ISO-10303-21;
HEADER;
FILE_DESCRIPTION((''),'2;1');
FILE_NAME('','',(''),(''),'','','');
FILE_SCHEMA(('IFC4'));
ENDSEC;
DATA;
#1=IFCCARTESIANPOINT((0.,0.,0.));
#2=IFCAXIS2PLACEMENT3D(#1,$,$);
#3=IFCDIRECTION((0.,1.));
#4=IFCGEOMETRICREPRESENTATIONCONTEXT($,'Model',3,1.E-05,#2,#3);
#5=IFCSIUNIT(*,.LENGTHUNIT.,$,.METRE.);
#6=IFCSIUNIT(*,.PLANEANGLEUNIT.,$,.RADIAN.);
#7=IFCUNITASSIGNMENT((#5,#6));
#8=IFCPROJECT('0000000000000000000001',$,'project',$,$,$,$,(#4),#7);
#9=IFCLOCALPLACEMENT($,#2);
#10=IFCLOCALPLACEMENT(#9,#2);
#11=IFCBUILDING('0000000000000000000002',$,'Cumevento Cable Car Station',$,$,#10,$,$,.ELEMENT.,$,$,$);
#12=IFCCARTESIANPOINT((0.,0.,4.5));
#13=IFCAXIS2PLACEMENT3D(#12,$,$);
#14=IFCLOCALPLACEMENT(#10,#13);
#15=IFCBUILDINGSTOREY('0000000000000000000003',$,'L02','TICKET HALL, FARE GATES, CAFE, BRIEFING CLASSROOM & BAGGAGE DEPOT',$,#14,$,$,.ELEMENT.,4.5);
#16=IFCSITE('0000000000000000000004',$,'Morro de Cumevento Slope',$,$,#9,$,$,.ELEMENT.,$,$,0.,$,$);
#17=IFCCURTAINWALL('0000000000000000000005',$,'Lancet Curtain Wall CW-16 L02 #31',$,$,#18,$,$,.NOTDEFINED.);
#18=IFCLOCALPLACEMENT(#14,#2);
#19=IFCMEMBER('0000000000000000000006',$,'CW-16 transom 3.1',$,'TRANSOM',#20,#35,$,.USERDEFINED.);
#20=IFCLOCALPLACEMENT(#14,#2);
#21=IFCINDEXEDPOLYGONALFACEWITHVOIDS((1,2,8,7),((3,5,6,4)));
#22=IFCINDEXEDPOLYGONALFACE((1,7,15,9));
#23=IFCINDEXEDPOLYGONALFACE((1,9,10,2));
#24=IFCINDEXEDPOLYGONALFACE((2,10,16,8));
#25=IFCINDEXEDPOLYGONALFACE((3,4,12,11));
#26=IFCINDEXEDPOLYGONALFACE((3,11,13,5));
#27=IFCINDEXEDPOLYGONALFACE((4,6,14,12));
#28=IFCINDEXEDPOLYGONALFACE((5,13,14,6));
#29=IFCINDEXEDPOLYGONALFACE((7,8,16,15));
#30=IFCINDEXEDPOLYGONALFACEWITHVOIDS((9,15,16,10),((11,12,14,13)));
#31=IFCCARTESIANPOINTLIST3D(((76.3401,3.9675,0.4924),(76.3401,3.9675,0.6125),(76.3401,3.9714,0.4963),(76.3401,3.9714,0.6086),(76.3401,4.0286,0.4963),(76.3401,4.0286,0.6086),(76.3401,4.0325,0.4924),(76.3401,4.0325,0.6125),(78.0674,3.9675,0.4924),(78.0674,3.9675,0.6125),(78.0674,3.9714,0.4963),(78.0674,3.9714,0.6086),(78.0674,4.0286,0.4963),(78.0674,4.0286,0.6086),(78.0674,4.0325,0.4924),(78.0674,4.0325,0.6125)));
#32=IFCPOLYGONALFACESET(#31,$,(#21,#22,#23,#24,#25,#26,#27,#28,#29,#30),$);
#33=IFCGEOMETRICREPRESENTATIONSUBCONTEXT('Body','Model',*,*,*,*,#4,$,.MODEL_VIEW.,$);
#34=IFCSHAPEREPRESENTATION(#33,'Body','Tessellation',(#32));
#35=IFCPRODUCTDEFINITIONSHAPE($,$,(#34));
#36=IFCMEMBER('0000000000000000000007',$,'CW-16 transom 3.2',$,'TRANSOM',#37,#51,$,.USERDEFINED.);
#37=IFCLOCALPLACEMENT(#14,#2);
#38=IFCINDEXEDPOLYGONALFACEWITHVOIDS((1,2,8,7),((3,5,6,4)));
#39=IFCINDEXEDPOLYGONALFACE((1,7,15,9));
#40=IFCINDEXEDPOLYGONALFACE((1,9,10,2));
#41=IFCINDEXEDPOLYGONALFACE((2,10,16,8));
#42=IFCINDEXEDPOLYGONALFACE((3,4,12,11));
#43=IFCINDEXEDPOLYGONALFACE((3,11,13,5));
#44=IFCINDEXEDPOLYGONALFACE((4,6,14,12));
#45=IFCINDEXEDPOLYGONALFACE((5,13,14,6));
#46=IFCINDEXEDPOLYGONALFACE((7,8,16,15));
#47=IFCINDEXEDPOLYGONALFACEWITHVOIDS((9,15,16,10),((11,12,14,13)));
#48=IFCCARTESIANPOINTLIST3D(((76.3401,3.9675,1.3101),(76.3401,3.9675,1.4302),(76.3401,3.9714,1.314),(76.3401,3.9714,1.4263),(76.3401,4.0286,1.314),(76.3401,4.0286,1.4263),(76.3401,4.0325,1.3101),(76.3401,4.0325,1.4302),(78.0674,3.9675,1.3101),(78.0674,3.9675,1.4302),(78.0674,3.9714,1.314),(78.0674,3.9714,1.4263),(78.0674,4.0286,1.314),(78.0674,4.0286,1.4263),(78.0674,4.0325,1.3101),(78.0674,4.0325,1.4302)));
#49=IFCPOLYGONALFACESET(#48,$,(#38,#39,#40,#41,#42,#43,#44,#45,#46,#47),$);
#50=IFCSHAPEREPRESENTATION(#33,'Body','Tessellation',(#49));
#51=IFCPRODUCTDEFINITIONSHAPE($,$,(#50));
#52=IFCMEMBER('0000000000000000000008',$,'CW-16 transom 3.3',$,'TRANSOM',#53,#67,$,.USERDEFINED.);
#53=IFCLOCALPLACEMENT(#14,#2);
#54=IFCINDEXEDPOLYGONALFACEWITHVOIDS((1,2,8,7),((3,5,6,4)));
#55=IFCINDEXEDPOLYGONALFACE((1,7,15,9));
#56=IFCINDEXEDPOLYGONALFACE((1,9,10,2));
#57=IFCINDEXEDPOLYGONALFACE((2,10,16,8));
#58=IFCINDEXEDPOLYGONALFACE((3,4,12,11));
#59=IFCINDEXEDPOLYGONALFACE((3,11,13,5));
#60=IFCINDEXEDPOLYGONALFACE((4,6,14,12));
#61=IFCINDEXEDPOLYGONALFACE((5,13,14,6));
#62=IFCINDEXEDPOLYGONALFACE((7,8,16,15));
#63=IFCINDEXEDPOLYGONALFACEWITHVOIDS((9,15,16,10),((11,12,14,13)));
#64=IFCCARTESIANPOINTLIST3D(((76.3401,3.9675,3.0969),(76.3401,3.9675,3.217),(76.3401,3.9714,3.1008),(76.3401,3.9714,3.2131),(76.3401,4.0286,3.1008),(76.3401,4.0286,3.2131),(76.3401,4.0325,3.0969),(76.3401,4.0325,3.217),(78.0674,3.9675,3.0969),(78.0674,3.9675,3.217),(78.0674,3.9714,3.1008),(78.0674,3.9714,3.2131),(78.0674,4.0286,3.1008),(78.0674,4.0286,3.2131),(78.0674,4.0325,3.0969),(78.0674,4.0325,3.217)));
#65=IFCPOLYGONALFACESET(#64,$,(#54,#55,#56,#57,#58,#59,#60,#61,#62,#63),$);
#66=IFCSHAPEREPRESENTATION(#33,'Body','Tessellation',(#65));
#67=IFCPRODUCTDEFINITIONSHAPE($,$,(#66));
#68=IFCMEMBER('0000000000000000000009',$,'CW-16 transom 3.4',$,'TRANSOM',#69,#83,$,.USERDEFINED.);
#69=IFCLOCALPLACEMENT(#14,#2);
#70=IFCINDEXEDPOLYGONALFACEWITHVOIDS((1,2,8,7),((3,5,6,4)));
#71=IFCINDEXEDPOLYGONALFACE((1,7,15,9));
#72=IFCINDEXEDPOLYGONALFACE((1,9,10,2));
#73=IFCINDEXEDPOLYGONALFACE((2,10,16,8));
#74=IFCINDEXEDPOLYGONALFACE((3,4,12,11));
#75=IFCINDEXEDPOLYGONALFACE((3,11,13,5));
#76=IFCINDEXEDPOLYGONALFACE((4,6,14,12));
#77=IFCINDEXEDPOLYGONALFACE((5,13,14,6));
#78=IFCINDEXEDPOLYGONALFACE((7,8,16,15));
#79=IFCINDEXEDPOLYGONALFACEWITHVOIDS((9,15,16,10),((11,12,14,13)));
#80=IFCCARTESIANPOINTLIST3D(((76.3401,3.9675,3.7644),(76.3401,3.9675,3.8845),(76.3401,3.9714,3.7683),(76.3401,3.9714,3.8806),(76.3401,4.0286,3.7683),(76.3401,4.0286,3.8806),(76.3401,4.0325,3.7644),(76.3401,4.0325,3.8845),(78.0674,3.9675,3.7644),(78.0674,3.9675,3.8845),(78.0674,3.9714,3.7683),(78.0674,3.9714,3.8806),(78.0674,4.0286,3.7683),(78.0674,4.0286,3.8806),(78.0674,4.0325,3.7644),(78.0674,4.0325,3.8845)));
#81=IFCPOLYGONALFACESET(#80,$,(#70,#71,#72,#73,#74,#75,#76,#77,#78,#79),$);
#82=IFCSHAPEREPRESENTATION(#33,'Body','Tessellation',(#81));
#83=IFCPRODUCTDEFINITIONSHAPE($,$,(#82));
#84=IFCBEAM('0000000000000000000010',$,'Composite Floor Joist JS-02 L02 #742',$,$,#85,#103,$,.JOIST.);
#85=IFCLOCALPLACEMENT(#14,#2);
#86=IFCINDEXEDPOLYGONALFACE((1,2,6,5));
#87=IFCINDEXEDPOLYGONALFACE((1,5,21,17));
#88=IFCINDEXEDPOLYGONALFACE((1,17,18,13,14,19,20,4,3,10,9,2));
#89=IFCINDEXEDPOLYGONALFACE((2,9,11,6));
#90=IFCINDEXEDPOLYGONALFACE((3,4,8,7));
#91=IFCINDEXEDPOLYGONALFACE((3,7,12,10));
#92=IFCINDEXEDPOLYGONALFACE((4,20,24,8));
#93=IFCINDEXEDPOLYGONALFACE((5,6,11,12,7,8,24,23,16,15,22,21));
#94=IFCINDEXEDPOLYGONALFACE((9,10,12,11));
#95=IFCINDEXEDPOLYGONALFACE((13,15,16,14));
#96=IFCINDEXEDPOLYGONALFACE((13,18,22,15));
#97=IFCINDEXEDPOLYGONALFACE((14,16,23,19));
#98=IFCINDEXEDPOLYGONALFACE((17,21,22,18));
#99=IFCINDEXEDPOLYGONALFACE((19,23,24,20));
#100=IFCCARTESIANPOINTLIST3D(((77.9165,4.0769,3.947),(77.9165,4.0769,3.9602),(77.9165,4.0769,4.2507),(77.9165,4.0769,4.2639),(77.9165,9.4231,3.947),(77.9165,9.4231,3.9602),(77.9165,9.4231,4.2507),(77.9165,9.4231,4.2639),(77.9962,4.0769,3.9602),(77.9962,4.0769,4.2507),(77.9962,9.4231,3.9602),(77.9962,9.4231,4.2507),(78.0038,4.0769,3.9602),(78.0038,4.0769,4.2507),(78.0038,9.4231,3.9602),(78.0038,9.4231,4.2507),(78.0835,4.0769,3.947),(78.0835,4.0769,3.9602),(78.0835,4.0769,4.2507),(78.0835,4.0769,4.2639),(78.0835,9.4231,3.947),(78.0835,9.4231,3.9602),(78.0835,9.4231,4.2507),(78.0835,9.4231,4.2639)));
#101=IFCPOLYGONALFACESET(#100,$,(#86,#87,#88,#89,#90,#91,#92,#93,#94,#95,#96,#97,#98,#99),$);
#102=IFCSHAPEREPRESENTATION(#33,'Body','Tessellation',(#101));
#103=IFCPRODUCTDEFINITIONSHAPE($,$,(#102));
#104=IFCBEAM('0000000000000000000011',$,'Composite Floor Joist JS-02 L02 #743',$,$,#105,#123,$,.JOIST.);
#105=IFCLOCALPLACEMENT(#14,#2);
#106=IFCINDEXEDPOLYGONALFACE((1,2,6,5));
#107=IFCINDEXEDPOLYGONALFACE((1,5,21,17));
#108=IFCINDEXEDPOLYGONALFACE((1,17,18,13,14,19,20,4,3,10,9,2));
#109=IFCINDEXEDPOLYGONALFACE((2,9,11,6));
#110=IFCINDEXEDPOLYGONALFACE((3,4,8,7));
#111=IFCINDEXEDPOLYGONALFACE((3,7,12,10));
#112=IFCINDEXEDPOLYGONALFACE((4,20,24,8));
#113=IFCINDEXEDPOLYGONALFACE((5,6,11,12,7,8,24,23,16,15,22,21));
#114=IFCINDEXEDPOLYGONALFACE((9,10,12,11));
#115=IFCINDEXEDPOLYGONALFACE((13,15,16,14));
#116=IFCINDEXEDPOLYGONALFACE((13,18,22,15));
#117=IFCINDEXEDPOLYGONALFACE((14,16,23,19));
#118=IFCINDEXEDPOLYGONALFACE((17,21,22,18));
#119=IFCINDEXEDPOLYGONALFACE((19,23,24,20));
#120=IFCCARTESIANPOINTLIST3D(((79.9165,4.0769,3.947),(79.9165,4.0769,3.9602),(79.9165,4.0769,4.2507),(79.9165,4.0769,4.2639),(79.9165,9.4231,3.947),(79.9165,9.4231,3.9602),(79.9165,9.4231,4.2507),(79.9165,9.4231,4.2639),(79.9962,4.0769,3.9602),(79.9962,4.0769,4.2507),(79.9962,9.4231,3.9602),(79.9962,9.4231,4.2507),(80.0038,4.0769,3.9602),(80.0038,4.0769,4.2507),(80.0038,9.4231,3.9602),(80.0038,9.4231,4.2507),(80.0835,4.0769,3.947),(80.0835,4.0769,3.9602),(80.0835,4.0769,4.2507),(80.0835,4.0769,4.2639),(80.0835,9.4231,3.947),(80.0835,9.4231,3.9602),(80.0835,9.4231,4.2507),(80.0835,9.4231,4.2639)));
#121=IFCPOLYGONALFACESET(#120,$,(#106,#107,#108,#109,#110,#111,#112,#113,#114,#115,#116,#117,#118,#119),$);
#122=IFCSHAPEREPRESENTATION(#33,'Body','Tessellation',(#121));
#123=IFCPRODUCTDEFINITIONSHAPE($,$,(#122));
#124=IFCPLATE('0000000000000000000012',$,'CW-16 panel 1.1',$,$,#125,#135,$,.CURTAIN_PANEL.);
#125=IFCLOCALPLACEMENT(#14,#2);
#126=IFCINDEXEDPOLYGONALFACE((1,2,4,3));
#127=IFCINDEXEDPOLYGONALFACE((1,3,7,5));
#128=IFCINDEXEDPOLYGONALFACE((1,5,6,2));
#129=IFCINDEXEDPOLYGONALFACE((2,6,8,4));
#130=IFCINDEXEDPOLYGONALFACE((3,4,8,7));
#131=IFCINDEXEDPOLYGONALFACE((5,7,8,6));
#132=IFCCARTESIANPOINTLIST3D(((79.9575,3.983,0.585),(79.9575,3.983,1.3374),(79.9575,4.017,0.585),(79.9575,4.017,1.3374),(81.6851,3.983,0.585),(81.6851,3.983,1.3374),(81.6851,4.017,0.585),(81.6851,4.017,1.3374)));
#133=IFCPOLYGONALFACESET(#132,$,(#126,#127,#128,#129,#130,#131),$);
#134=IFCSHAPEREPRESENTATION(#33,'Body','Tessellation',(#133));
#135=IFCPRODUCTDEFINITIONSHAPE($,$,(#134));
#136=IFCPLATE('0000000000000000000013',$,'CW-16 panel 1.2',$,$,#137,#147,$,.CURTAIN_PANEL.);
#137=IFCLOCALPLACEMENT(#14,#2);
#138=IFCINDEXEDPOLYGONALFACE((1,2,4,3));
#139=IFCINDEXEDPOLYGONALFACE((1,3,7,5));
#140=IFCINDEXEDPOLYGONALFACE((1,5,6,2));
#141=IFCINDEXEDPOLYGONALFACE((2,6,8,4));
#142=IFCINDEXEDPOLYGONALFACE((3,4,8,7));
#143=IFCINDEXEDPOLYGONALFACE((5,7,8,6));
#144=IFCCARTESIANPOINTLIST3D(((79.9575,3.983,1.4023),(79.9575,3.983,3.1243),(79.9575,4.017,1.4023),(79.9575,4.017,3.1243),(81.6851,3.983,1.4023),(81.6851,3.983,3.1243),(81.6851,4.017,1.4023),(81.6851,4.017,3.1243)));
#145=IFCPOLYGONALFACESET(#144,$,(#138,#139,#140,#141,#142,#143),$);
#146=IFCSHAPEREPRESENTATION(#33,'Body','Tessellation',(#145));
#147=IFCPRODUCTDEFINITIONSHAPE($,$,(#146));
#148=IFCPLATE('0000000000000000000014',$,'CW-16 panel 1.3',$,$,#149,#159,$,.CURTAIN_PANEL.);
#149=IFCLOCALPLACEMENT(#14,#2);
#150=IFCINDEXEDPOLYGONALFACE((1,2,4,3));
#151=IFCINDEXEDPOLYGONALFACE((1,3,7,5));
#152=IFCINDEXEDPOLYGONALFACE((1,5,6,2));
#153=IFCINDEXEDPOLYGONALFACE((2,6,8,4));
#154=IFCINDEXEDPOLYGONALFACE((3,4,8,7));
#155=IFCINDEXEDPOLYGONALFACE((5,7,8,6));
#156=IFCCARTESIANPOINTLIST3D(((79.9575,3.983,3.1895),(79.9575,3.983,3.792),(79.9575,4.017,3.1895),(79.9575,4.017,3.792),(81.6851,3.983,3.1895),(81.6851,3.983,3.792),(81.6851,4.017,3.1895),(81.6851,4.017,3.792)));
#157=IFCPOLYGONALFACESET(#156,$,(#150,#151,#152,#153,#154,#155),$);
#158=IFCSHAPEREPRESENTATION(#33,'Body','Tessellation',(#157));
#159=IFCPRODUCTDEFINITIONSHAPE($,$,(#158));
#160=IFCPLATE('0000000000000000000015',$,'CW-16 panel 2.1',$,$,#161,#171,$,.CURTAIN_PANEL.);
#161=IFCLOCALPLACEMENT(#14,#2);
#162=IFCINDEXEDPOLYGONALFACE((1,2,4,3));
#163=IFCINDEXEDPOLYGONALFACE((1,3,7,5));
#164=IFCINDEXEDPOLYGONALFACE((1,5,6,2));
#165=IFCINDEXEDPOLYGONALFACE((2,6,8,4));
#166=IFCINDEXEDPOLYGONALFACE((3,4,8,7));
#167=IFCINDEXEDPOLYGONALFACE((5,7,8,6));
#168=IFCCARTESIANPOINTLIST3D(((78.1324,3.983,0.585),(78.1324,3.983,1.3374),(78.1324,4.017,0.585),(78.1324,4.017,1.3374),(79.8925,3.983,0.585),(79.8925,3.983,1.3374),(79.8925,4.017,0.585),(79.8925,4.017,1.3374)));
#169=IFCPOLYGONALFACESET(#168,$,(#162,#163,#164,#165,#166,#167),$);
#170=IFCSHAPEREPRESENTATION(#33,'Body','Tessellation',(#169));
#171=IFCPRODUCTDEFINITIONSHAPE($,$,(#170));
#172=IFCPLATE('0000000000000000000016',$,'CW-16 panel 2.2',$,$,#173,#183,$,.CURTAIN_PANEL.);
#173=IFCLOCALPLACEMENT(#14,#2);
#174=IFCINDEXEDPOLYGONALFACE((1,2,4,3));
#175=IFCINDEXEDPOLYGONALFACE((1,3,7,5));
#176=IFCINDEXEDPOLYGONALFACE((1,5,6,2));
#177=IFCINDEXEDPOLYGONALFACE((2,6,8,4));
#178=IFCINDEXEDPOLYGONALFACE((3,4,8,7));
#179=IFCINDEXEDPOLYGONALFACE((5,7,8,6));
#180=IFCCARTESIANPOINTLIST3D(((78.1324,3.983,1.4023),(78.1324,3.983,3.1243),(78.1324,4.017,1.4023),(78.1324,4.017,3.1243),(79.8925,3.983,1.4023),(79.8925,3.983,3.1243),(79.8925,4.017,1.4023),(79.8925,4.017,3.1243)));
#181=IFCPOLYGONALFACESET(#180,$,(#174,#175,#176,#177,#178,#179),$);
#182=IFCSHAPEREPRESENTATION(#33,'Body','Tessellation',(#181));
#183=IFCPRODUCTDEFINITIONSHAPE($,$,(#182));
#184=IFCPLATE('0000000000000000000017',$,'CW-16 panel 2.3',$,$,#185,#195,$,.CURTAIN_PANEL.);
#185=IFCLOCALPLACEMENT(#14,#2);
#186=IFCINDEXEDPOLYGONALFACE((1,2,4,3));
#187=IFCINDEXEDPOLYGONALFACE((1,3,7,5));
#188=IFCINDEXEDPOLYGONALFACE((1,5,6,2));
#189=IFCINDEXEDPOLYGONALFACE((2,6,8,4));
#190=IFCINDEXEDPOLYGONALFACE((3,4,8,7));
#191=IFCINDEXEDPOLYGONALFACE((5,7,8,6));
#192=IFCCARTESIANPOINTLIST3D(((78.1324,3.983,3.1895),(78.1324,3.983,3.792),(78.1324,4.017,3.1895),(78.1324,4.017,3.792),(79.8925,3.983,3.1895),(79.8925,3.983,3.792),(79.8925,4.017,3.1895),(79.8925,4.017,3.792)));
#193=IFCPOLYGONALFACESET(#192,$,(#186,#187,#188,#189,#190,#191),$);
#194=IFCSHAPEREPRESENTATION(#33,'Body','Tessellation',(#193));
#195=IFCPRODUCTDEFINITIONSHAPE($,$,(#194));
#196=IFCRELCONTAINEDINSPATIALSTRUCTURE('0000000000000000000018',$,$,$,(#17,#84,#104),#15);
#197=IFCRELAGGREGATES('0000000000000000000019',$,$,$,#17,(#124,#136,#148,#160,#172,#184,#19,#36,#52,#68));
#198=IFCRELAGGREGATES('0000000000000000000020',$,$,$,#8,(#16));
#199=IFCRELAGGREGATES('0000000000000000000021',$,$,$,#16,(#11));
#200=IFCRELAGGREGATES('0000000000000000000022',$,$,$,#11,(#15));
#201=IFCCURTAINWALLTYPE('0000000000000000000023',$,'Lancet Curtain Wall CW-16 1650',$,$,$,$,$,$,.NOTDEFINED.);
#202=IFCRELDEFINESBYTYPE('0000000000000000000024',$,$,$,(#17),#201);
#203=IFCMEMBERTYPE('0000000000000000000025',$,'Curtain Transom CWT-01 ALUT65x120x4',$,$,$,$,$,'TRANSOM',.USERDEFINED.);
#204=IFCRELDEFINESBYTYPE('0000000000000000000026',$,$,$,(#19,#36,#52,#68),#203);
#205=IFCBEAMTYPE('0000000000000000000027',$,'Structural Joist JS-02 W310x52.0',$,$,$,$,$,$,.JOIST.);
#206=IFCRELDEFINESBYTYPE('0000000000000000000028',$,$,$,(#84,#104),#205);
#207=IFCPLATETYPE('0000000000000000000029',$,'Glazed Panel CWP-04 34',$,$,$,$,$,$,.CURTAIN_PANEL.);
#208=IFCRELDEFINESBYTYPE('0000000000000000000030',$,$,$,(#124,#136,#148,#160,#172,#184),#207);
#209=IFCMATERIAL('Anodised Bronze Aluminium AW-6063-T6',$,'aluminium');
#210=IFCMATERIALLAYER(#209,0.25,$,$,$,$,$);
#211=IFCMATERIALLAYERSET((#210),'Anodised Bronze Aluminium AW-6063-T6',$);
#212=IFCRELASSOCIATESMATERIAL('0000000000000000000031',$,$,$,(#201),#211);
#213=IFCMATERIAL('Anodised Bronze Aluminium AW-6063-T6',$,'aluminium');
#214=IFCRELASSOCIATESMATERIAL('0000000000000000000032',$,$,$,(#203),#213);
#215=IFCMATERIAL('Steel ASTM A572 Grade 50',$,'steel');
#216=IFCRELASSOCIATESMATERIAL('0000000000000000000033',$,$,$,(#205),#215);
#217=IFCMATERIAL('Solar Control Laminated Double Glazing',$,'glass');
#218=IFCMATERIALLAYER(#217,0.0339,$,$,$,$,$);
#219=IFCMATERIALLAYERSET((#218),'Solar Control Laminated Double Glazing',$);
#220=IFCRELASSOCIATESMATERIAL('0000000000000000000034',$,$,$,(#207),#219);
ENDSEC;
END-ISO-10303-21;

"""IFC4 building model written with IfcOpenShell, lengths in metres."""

from ifc_helpers import new_model, si_unit, direction, frame, origin, origin_2d, place, context, subcontext, project, spatial, rectangle, hollow_rectangle, i_section, extrude, material, layer, layer_set, material_profile, profile_set, type_object, element, aggregate, save


model = new_model("IFC4")

# Units and contexts
model_context = context("Model", 3, precision=1e-05, world=origin(), true_north=direction((0.0, 1.0)))
body_context = subcontext(model_context, "Body", "Model", "MODEL_VIEW")
ifc_project = project(units=[si_unit("LENGTHUNIT", "METRE"), si_unit("PLANEANGLEUNIT", "RADIAN")], contexts=[model_context])

# Site, building, storey
site_placement = place(None, origin())
site = spatial("IfcSite", under=ifc_project, at=site_placement, Name="Morro de Cumevento Slope", CompositionType="ELEMENT", RefElevation=0.0)
building_placement = place(site_placement, origin())
building = spatial("IfcBuilding", under=site, at=building_placement, Name="Cumevento Cable Car Station", CompositionType="ELEMENT")
storey_placement = place(building_placement, frame((0.0, 0.0, 4.5)))
storey = spatial("IfcBuildingStorey", under=building, at=storey_placement, Name="L02", Description="TICKET HALL, FARE GATES, CAFE, BRIEFING CLASSROOM & BAGGAGE DEPOT", CompositionType="ELEMENT", Elevation=4.5)

# Curtain wall, members
ifc_material_1 = material(Name="Anodised Bronze Aluminium AW-6063-T6", Category="aluminium")
ifc_layer_1 = layer(ifc_material_1, 0.25)
ifc_layer_set_1 = layer_set([ifc_layer_1], Name="Anodised Bronze Aluminium AW-6063-T6")
curtain_wall_type = type_object("IfcCurtainWallType", Name="Lancet Curtain Wall CW-16 1650", PredefinedType="NOTDEFINED", material=ifc_layer_set_1)
curtain_wall_placement = place(storey_placement, origin())
curtain_wall = element("IfcCurtainWall", 1, at=curtain_wall_placement, inside=storey, type_object=curtain_wall_type, Name="Lancet Curtain Wall CW-16 L02 #31", PredefinedType="NOTDEFINED")
ifc_material_2 = material(Name="Anodised Bronze Aluminium AW-6063-T6", Category="aluminium")
ifc_material_profile_1 = material_profile(ifc_material_2, hollow_rectangle(XDim=0.0649, YDim=0.1201, WallThickness=0.0039, at=origin_2d()), Name="ALUT65x120x4")
ifc_profile_set_1 = profile_set([ifc_material_profile_1], Name="Anodised Bronze Aluminium AW-6063-T6")
member_type_1 = type_object("IfcMemberType", Name="Curtain Transom CWT-01 ALUT65x120x4", ElementType="TRANSOM", PredefinedType="USERDEFINED", material=ifc_profile_set_1)
member_1_placement = place(storey_placement, frame((78.0674, 4.0, 0.5525), z_axis=(-1.0, 0.0, 0.0), x_axis=(0.0, -1.0, 0.0)))
member_1 = element("IfcMember", 2, at=member_1_placement, type_object=member_type_1, Name="CW-16 transom 3.1", ObjectType="TRANSOM", PredefinedType="USERDEFINED", context=body_context, shape_type="SweptSolid", body=[
    extrude(hollow_rectangle(XDim=0.0649, YDim=0.1201, WallThickness=0.0039, at=origin_2d()), origin(), (0.0, 0.0, 1.0), 1.7273),
])
member_2_placement = place(storey_placement, frame((78.0674, 4.0, 1.3701), z_axis=(-1.0, 0.0, 0.0), x_axis=(0.0, -1.0, 0.0)))
member_2 = element("IfcMember", 3, at=member_2_placement, type_object=member_type_1, Name="CW-16 transom 3.2", ObjectType="TRANSOM", PredefinedType="USERDEFINED", context=body_context, shape_type="SweptSolid", body=[
    extrude(hollow_rectangle(XDim=0.0649, YDim=0.1201, WallThickness=0.0039, at=origin_2d()), origin(), (0.0, 0.0, 1.0), 1.7273),
])
member_3_placement = place(storey_placement, frame((78.0674, 4.0, 3.157), z_axis=(-1.0, 0.0, 0.0), x_axis=(0.0, -1.0, 0.0)))
member_3 = element("IfcMember", 4, at=member_3_placement, type_object=member_type_1, Name="CW-16 transom 3.3", ObjectType="TRANSOM", PredefinedType="USERDEFINED", context=body_context, shape_type="SweptSolid", body=[
    extrude(hollow_rectangle(XDim=0.0649, YDim=0.1201, WallThickness=0.0039, at=origin_2d()), origin(), (0.0, 0.0, 1.0), 1.7273),
])
member_4_placement = place(storey_placement, frame((78.0674, 4.0, 3.8245), z_axis=(-1.0, 0.0, 0.0), x_axis=(0.0, -1.0, 0.0)))
member_4 = element("IfcMember", 5, at=member_4_placement, type_object=member_type_1, Name="CW-16 transom 3.4", ObjectType="TRANSOM", PredefinedType="USERDEFINED", context=body_context, shape_type="SweptSolid", body=[
    extrude(hollow_rectangle(XDim=0.0649, YDim=0.1201, WallThickness=0.0039, at=origin_2d()), origin(), (0.0, 0.0, 1.0), 1.7273),
])

# Beams
ifc_material_3 = material(Name="Steel ASTM A572 Grade 50", Category="steel")
ifc_material_profile_2 = material_profile(ifc_material_3, i_section(OverallWidth=0.167, OverallDepth=0.3169, WebThickness=0.0076, FlangeThickness=0.0132, at=origin_2d()), Name="W310x52.0")
ifc_profile_set_2 = profile_set([ifc_material_profile_2], Name="Steel ASTM A572 Grade 50")
beam_type = type_object("IfcBeamType", Name="Structural Joist JS-02 W310x52.0", PredefinedType="JOIST", material=ifc_profile_set_2)
for number, where, z_axis, x_axis, name in (
    (6, (78.0, 4.0769, 4.1055), (0.0, 1.0, 0.0), (-1.0, 0.0, 0.0), "Composite Floor Joist JS-02 L02 #742"),
    (7, (80.0, 4.0769, 4.1055), (0.0, 1.0, 0.0), (-1.0, 0.0, 0.0), "Composite Floor Joist JS-02 L02 #743"),
):
    element("IfcBeam", number, at=place(storey_placement, frame(where, z_axis=z_axis, x_axis=x_axis)), inside=storey, type_object=beam_type, Name=name, PredefinedType="JOIST", context=body_context, shape_type="SweptSolid", body=[
        extrude(i_section(OverallWidth=0.167, OverallDepth=0.3169, WebThickness=0.0076, FlangeThickness=0.0132, at=origin_2d()), origin(), (0.0, 0.0, 1.0), 5.3462),
    ])

# Plates
ifc_material_4 = material(Name="Solar Control Laminated Double Glazing", Category="glass")
ifc_layer_2 = layer(ifc_material_4, 0.0339)
ifc_layer_set_2 = layer_set([ifc_layer_2], Name="Solar Control Laminated Double Glazing")
plate_type = type_object("IfcPlateType", Name="Glazed Panel CWP-04 34", PredefinedType="CURTAIN_PANEL", material=ifc_layer_set_2)
plate_1_placement = place(storey_placement, frame((80.8213, 4.0, 0.585), z_axis=(0.0, 0.0, 1.0), x_axis=(-1.0, 0.0, 0.0)))
plate_1 = element("IfcPlate", 8, at=plate_1_placement, type_object=plate_type, Name="CW-16 panel 1.1", PredefinedType="CURTAIN_PANEL", context=body_context, shape_type="SweptSolid", body=[
    extrude(rectangle(XDim=1.7275, YDim=0.0339, at=origin_2d()), origin(), (0.0, 0.0, 1.0), 0.7524),
])
plate_2_placement = place(storey_placement, frame((80.8213, 4.0, 1.4023), z_axis=(0.0, 0.0, 1.0), x_axis=(-1.0, 0.0, 0.0)))
plate_2 = element("IfcPlate", 9, at=plate_2_placement, type_object=plate_type, Name="CW-16 panel 1.2", PredefinedType="CURTAIN_PANEL", context=body_context, shape_type="SweptSolid", body=[
    extrude(rectangle(XDim=1.7275, YDim=0.0339, at=origin_2d()), origin(), (0.0, 0.0, 1.0), 1.7219),
])
plate_3_placement = place(storey_placement, frame((80.8213, 4.0, 3.1895), z_axis=(0.0, 0.0, 1.0), x_axis=(-1.0, 0.0, 0.0)))
plate_3 = element("IfcPlate", 10, at=plate_3_placement, type_object=plate_type, Name="CW-16 panel 1.3", PredefinedType="CURTAIN_PANEL", context=body_context, shape_type="SweptSolid", body=[
    extrude(rectangle(XDim=1.7275, YDim=0.0339, at=origin_2d()), origin(), (0.0, 0.0, 1.0), 0.6025),
])
plate_4_placement = place(storey_placement, frame((79.0125, 4.0, 0.585), z_axis=(0.0, 0.0, 1.0), x_axis=(-1.0, 0.0, 0.0)))
plate_4 = element("IfcPlate", 11, at=plate_4_placement, type_object=plate_type, Name="CW-16 panel 2.1", PredefinedType="CURTAIN_PANEL", context=body_context, shape_type="SweptSolid", body=[
    extrude(rectangle(XDim=1.76, YDim=0.0339, at=origin_2d()), origin(), (0.0, 0.0, 1.0), 0.7524),
])
plate_5_placement = place(storey_placement, frame((79.0125, 4.0, 1.4023), z_axis=(0.0, 0.0, 1.0), x_axis=(-1.0, 0.0, 0.0)))
plate_5 = element("IfcPlate", 12, at=plate_5_placement, type_object=plate_type, Name="CW-16 panel 2.2", PredefinedType="CURTAIN_PANEL", context=body_context, shape_type="SweptSolid", body=[
    extrude(rectangle(XDim=1.76, YDim=0.0339, at=origin_2d()), origin(), (0.0, 0.0, 1.0), 1.7219),
])
plate_6_placement = place(storey_placement, frame((79.0125, 4.0, 3.1895), z_axis=(0.0, 0.0, 1.0), x_axis=(-1.0, 0.0, 0.0)))
plate_6 = element("IfcPlate", 13, at=plate_6_placement, type_object=plate_type, Name="CW-16 panel 2.3", PredefinedType="CURTAIN_PANEL", context=body_context, shape_type="SweptSolid", body=[
    extrude(rectangle(XDim=1.76, YDim=0.0339, at=origin_2d()), origin(), (0.0, 0.0, 1.0), 0.6025),
])
aggregate(curtain_wall, [plate_1, plate_2, plate_3, plate_4, plate_5, plate_6, member_1, member_2, member_3, member_4])

save(model, "model.ifc")
